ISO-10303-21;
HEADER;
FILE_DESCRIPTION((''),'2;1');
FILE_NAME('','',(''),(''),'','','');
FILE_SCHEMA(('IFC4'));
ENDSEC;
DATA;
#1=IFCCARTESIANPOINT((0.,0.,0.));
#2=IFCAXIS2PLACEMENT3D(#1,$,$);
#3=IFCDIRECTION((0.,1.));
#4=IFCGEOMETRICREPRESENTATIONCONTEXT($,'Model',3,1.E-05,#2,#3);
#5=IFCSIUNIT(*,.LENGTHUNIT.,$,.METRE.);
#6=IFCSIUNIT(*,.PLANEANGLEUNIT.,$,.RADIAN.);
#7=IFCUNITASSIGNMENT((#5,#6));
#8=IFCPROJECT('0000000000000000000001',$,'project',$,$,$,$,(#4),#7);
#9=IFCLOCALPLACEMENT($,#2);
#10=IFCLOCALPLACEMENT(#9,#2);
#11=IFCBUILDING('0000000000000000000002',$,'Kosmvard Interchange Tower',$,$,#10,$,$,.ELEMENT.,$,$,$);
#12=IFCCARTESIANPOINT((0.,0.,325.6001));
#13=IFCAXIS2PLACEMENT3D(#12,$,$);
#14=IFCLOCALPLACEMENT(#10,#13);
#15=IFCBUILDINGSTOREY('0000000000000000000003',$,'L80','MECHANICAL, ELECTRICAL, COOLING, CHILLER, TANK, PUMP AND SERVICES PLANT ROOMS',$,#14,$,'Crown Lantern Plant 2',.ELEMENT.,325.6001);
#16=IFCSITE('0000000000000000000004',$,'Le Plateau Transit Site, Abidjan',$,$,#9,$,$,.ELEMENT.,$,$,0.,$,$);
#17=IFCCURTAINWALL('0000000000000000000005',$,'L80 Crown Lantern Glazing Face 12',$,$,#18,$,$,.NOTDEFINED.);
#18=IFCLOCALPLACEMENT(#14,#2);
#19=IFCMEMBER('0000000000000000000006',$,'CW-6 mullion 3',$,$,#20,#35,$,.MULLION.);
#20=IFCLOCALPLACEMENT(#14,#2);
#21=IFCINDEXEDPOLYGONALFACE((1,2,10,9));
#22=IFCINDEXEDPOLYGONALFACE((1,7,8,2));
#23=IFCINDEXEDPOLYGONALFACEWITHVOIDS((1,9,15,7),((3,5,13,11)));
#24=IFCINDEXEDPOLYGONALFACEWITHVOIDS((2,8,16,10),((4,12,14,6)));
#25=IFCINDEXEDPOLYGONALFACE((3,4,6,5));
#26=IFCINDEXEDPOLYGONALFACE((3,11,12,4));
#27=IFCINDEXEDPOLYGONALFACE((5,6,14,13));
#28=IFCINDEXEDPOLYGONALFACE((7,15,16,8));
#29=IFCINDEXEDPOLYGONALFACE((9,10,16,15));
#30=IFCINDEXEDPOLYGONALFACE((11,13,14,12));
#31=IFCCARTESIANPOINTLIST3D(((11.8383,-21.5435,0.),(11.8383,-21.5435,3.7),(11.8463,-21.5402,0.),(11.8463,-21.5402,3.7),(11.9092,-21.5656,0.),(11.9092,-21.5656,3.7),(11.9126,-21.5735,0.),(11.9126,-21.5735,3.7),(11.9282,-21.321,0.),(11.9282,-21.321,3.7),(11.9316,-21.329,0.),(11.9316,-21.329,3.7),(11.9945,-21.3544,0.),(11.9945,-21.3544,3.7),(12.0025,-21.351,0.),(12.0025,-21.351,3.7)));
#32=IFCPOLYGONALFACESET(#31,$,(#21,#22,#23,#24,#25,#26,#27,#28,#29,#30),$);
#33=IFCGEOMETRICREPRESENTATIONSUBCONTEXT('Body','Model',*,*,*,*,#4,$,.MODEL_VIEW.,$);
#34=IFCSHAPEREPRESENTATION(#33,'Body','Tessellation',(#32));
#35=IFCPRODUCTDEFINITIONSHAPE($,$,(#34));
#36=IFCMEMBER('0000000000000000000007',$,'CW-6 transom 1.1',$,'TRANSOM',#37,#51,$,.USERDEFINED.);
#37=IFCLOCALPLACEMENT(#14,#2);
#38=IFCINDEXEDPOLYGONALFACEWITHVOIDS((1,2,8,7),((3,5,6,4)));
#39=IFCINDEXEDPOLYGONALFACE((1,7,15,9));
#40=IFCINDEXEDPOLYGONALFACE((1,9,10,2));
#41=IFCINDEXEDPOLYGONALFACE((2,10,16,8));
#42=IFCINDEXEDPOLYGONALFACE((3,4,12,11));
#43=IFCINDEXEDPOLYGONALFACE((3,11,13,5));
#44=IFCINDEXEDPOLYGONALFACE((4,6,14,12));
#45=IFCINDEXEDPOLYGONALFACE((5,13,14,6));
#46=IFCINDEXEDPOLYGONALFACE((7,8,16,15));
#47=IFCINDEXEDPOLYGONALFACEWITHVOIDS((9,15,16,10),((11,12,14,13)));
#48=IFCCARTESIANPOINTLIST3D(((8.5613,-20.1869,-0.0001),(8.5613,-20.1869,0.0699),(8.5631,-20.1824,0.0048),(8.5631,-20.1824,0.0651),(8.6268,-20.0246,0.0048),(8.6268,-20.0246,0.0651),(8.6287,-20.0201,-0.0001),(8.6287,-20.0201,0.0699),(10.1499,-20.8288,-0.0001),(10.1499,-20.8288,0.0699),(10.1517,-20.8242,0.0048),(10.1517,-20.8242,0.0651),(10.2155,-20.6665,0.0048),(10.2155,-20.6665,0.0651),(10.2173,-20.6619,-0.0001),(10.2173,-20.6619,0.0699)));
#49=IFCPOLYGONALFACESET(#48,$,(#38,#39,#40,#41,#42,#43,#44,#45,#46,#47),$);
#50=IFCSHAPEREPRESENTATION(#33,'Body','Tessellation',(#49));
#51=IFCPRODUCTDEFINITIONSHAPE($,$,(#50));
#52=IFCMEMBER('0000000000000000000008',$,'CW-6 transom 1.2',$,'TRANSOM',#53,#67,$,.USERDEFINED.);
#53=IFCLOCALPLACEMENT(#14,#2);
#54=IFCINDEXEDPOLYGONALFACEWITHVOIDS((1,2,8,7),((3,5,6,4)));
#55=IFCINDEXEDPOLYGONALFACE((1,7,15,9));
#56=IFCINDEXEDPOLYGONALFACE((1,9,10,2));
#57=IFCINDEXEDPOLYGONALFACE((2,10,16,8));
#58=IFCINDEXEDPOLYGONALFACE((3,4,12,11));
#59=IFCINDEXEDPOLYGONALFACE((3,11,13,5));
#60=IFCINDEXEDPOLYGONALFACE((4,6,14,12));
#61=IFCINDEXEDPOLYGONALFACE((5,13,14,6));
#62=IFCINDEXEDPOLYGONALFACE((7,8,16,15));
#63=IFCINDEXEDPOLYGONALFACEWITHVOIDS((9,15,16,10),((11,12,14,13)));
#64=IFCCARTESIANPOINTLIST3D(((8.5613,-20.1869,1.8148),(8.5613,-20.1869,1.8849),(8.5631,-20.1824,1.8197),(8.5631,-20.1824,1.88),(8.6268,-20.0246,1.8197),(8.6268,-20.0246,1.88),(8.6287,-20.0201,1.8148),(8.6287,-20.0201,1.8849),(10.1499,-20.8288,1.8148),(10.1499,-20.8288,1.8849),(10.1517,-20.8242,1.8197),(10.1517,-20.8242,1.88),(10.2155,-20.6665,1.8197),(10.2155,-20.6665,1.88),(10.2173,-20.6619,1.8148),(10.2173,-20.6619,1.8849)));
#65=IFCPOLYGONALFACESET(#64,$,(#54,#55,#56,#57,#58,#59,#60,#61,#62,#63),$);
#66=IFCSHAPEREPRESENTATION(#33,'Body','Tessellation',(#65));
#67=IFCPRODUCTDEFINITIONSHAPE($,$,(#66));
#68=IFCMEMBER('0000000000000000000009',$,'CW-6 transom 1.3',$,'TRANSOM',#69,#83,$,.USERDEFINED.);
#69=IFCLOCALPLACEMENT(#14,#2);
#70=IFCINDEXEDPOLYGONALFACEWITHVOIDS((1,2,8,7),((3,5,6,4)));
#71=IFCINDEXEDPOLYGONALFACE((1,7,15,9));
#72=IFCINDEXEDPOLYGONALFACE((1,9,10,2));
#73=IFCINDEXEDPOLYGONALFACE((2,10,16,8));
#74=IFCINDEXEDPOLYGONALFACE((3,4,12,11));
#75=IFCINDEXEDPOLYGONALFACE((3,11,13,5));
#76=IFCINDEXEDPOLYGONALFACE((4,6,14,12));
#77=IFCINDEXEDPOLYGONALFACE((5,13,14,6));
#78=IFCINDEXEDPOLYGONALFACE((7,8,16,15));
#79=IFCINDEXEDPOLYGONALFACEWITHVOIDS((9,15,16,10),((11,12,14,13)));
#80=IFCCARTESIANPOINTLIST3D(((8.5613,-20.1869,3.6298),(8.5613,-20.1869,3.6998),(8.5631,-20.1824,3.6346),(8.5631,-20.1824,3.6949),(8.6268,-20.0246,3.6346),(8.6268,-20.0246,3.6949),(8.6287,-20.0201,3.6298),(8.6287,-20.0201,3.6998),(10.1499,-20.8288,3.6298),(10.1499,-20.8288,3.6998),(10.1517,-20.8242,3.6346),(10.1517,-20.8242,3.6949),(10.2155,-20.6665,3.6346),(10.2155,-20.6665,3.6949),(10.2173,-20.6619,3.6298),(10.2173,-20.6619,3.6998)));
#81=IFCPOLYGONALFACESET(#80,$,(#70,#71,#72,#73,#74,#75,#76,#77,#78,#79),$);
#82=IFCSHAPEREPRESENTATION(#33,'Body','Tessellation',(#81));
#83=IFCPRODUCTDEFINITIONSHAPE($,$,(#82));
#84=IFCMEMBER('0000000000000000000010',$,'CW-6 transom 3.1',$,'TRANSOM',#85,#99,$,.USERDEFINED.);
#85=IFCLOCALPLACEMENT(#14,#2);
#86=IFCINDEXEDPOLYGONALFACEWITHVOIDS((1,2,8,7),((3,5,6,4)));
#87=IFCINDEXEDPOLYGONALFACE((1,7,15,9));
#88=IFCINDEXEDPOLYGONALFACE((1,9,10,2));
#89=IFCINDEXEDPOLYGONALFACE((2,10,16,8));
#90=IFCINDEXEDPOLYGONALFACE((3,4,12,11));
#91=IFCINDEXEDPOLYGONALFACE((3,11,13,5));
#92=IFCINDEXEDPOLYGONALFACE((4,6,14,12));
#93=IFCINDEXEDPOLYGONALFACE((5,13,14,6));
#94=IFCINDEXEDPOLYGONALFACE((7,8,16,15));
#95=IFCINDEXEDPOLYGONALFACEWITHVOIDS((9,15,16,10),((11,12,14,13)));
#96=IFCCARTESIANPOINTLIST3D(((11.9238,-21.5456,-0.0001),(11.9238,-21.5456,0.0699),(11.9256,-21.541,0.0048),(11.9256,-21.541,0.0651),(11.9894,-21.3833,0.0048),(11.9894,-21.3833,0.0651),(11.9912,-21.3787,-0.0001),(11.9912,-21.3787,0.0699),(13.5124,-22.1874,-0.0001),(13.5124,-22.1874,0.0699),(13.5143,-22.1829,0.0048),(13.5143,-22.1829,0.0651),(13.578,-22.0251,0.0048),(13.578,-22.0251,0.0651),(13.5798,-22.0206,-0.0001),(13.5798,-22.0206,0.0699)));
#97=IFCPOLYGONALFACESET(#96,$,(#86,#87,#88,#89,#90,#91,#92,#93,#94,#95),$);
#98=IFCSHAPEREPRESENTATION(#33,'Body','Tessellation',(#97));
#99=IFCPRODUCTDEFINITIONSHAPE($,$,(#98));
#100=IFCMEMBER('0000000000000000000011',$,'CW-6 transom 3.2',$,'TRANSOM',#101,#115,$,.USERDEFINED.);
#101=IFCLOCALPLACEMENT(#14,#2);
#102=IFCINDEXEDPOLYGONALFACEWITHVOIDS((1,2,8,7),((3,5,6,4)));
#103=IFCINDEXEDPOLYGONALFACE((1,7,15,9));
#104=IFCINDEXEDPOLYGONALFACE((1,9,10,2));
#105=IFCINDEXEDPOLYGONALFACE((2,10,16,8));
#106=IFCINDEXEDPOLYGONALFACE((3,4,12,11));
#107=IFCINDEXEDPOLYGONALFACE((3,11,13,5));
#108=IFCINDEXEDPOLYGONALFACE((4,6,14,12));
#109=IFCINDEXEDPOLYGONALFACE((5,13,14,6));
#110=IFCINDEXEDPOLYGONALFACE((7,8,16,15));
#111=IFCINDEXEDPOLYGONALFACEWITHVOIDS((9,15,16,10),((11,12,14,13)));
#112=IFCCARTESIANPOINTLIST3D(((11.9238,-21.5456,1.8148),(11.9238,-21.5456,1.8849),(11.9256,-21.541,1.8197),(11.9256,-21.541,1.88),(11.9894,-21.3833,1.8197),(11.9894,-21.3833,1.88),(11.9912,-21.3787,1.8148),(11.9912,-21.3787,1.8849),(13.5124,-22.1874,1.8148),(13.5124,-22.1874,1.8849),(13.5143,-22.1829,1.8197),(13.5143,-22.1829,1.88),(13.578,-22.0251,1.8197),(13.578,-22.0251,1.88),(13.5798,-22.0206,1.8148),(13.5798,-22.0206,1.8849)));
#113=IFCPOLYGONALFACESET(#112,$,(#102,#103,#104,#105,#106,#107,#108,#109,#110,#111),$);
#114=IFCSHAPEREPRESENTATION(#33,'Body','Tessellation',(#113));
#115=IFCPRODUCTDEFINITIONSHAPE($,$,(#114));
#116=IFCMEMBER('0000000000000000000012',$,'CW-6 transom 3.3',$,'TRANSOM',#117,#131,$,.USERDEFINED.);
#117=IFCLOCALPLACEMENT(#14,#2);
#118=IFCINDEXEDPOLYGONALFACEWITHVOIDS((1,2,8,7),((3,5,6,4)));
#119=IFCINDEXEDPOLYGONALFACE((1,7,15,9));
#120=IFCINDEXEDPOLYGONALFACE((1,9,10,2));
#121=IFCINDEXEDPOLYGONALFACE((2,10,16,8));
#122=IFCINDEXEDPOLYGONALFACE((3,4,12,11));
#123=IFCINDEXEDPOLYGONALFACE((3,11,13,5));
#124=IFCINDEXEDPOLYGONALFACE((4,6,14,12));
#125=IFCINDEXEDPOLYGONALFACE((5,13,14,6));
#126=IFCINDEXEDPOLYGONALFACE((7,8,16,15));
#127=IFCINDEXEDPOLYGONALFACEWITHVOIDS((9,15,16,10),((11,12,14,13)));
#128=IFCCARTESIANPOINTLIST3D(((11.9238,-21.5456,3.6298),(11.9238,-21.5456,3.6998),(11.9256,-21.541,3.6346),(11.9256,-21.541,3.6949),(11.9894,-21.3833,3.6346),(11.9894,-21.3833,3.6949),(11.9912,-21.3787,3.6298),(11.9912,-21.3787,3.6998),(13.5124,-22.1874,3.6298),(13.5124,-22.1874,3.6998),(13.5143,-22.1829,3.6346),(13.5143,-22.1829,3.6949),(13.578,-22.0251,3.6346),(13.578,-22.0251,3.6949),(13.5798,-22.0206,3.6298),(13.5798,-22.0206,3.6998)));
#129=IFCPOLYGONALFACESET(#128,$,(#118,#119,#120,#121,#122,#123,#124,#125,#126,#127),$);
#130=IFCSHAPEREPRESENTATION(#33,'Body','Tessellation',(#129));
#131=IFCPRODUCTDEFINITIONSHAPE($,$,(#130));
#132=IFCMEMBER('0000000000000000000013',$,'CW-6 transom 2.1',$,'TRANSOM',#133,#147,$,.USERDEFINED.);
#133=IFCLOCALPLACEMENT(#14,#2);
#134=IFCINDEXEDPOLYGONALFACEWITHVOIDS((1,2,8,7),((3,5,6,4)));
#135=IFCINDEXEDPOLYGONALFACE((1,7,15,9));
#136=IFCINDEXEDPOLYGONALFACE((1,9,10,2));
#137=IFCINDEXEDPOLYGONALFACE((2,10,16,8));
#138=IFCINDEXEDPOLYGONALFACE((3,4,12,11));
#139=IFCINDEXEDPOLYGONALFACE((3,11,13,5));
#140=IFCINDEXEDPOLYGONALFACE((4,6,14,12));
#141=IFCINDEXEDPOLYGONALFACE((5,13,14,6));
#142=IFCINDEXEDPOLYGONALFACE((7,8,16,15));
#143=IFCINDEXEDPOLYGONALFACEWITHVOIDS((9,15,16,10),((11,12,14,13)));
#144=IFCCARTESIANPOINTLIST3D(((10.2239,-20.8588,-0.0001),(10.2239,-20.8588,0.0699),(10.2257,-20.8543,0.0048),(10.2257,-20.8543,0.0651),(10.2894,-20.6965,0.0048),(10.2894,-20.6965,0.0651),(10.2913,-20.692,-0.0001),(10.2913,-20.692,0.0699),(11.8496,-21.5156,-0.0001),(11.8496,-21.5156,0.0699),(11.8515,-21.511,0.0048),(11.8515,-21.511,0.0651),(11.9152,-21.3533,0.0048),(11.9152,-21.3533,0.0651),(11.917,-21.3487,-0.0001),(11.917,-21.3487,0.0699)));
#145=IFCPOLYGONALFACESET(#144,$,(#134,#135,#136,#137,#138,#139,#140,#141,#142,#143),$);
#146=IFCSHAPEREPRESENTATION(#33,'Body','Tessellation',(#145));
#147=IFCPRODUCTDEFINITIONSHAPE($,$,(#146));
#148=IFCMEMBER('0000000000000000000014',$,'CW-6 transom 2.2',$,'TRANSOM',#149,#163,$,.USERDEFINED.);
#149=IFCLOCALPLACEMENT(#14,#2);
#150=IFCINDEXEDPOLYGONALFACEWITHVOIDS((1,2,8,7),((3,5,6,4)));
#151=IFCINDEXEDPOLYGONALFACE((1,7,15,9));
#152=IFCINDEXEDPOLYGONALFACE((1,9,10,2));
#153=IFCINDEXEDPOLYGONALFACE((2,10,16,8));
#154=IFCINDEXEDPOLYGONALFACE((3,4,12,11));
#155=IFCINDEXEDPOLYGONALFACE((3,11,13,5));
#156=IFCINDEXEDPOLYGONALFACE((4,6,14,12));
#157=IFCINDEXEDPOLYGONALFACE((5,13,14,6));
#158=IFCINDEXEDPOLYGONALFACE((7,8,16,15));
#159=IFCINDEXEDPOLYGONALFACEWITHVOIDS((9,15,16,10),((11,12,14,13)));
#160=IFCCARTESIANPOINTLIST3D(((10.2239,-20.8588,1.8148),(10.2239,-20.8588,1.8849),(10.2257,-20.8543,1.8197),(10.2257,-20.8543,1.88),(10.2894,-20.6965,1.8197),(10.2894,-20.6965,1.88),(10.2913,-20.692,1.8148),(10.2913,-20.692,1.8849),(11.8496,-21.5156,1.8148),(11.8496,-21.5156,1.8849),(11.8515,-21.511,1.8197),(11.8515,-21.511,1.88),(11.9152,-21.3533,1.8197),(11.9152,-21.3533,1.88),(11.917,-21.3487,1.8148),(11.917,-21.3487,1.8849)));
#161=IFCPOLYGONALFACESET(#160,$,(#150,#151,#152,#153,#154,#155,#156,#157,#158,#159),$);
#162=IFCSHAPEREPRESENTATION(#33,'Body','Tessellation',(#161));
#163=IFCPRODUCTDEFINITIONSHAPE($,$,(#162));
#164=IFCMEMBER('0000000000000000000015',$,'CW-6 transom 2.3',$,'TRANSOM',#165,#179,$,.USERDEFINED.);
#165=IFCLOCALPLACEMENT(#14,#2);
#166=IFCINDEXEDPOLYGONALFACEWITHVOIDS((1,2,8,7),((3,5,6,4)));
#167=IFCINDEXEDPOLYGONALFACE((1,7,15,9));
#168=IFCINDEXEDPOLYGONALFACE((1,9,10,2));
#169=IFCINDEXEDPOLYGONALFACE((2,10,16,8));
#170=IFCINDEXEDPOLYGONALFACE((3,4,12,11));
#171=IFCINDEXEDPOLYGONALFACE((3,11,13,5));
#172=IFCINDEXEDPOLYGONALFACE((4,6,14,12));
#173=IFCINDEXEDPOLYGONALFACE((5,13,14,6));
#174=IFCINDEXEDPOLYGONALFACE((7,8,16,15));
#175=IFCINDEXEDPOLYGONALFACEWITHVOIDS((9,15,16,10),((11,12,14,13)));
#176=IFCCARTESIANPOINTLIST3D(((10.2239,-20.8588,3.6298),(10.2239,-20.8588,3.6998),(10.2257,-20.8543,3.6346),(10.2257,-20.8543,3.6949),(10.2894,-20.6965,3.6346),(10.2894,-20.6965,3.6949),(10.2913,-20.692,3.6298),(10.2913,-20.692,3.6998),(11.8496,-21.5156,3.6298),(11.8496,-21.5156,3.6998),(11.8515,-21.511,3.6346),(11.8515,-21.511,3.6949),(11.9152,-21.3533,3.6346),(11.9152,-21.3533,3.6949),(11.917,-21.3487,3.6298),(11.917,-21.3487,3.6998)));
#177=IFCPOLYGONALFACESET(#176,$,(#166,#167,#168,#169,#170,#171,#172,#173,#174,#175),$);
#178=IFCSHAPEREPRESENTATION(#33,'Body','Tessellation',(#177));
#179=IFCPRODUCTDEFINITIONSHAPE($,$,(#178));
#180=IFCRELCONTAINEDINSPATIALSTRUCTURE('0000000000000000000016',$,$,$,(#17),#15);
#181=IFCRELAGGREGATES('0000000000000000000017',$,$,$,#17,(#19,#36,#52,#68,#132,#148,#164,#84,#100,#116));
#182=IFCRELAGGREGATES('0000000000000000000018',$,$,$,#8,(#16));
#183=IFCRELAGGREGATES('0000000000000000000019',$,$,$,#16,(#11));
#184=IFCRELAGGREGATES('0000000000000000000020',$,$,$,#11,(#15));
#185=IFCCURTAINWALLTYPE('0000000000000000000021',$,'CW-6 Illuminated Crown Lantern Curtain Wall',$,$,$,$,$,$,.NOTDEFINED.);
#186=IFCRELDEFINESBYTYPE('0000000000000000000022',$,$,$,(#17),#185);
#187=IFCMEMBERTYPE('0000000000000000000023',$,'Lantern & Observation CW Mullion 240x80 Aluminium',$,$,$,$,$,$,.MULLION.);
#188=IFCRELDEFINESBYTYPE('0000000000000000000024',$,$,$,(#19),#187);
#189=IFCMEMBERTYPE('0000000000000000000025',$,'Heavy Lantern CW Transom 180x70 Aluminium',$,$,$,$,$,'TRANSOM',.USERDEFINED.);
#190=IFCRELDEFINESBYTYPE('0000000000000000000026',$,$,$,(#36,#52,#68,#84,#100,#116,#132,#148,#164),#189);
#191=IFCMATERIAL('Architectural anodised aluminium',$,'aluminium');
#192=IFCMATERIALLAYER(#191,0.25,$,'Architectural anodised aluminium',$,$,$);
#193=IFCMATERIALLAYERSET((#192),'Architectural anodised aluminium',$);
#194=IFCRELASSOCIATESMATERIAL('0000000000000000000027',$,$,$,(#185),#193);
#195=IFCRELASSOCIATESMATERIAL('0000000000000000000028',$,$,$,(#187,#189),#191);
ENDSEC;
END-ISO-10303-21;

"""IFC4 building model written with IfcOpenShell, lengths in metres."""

from ifc_helpers import new_model, si_unit, direction, frame, origin, origin_2d, place, context, subcontext, project, spatial, hollow_rectangle, extrude, source, transform, mapped, material, layer, layer_set, material_profile, profile_set, type_object, element, aggregate, save


model = new_model("IFC4")

# Units and contexts
model_context = context("Model", 3, precision=1e-05, world=origin(), true_north=direction((0.0, 1.0)))
body_context = subcontext(model_context, "Body", "Model", "MODEL_VIEW")
ifc_project = project(units=[si_unit("LENGTHUNIT", "METRE"), si_unit("PLANEANGLEUNIT", "RADIAN")], contexts=[model_context])

# Site, building, storey
site_placement = place(None, origin())
site = spatial("IfcSite", under=ifc_project, at=site_placement, Name="Le Plateau Transit Site, Abidjan", CompositionType="ELEMENT", RefElevation=0.0)
building_placement = place(site_placement, origin())
building = spatial("IfcBuilding", under=site, at=building_placement, Name="Kosmvard Interchange Tower", CompositionType="ELEMENT")
storey_placement = place(building_placement, frame((0.0, 0.0, 325.6001)))
storey = spatial("IfcBuildingStorey", under=building, at=storey_placement, Name="L80", Description="MECHANICAL, ELECTRICAL, COOLING, CHILLER, TANK, PUMP AND SERVICES PLANT ROOMS", LongName="Crown Lantern Plant 2", CompositionType="ELEMENT", Elevation=325.6001)

# Curtain wall, members
ifc_material_1 = material(Name="Architectural anodised aluminium", Category="aluminium")
ifc_layer_1 = layer(ifc_material_1, 0.25, Name="Architectural anodised aluminium")
ifc_layer_set_1 = layer_set([ifc_layer_1], Name="Architectural anodised aluminium")
curtain_wall_type = type_object("IfcCurtainWallType", Name="CW-6 Illuminated Crown Lantern Curtain Wall", PredefinedType="NOTDEFINED", material=ifc_layer_set_1)
curtain_wall_placement = place(storey_placement, origin())
curtain_wall = element("IfcCurtainWall", 1, at=curtain_wall_placement, inside=storey, type_object=curtain_wall_type, Name="L80 Crown Lantern Glazing Face 12", PredefinedType="NOTDEFINED")
ifc_material_profile_1 = material_profile(ifc_material_1, hollow_rectangle(XDim=0.24, YDim=0.0801, WallThickness=0.0061, at=origin_2d()), Name="CWM 240x80x6")
ifc_profile_set_1 = profile_set([ifc_material_profile_1], Name="Architectural anodised aluminium")
member_type_1 = type_object("IfcMemberType", Name="Lantern & Observation CW Mullion 240x80 Aluminium", PredefinedType="MULLION", material=ifc_profile_set_1)
shared_shape_1 = source(origin(), body_context, "Body", "SweptSolid", [
    extrude(hollow_rectangle(XDim=0.24, YDim=0.0801, WallThickness=0.0061, at=origin_2d()), origin(), (0.0, 0.0, 1.0), 3.7),
])
member_1_placement = place(storey_placement, frame((11.9204, -21.4473, 0.0), z_axis=(0.0, 0.0, 1.0), x_axis=(0.374607, 0.927184, 0.0)))
member_1 = element("IfcMember", 2, at=member_1_placement, type_object=member_type_1, Name="CW-6 mullion 3", PredefinedType="MULLION", context=body_context, shape_type="MappedRepresentation", body=[
    mapped(shared_shape_1, transform((0.0, 0.0, 0.0), scale=1.0)),
])
ifc_material_profile_2 = material_profile(ifc_material_1, hollow_rectangle(XDim=0.1799, YDim=0.0701, WallThickness=0.0049, at=origin_2d()), Name="CWT 180x70x5")
ifc_profile_set_2 = profile_set([ifc_material_profile_2], Name="Architectural anodised aluminium")
member_type_2 = type_object("IfcMemberType", Name="Heavy Lantern CW Transom 180x70 Aluminium", ElementType="TRANSOM", PredefinedType="USERDEFINED", material=ifc_profile_set_2)
shared_shape_2 = source(origin(), body_context, "Body", "SweptSolid", [
    extrude(hollow_rectangle(XDim=0.1799, YDim=0.0701, WallThickness=0.0049, at=origin_2d()), origin(), (0.0, 0.0, 1.0), 1.7134),
])
member_2_placement = place(storey_placement, frame((8.595, -20.1035, 0.0349), z_axis=(0.927184, -0.374607, 0.0), x_axis=(0.374607, 0.927184, 0.0)))
member_2 = element("IfcMember", 3, at=member_2_placement, type_object=member_type_2, Name="CW-6 transom 1.1", ObjectType="TRANSOM", PredefinedType="USERDEFINED", context=body_context, shape_type="MappedRepresentation", body=[
    mapped(shared_shape_2, transform((0.0, 0.0, 0.0), scale=1.0)),
])
member_3_placement = place(storey_placement, frame((8.595, -20.1035, 1.8499), z_axis=(0.927184, -0.374607, 0.0), x_axis=(0.374607, 0.927184, 0.0)))
member_3 = element("IfcMember", 4, at=member_3_placement, type_object=member_type_2, Name="CW-6 transom 1.2", ObjectType="TRANSOM", PredefinedType="USERDEFINED", context=body_context, shape_type="MappedRepresentation", body=[
    mapped(shared_shape_2, transform((0.0, 0.0, 0.0), scale=1.0)),
])
member_4_placement = place(storey_placement, frame((8.595, -20.1035, 3.6648), z_axis=(0.927184, -0.374607, 0.0), x_axis=(0.374607, 0.927184, 0.0)))
member_4 = element("IfcMember", 5, at=member_4_placement, type_object=member_type_2, Name="CW-6 transom 1.3", ObjectType="TRANSOM", PredefinedType="USERDEFINED", context=body_context, shape_type="MappedRepresentation", body=[
    mapped(shared_shape_2, transform((0.0, 0.0, 0.0), scale=1.0)),
])
member_5_placement = place(storey_placement, frame((11.9575, -21.4622, 0.0349), z_axis=(0.927184, -0.374607, 0.0), x_axis=(0.374607, 0.927184, 0.0)))
member_5 = element("IfcMember", 6, at=member_5_placement, type_object=member_type_2, Name="CW-6 transom 3.1", ObjectType="TRANSOM", PredefinedType="USERDEFINED", context=body_context, shape_type="MappedRepresentation", body=[
    mapped(shared_shape_2, transform((0.0, 0.0, 0.0), scale=1.0)),
])
member_6_placement = place(storey_placement, frame((11.9575, -21.4622, 1.8499), z_axis=(0.927184, -0.374607, 0.0), x_axis=(0.374607, 0.927184, 0.0)))
member_6 = element("IfcMember", 7, at=member_6_placement, type_object=member_type_2, Name="CW-6 transom 3.2", ObjectType="TRANSOM", PredefinedType="USERDEFINED", context=body_context, shape_type="MappedRepresentation", body=[
    mapped(shared_shape_2, transform((0.0, 0.0, 0.0), scale=1.0)),
])
member_7_placement = place(storey_placement, frame((11.9575, -21.4622, 3.6648), z_axis=(0.927184, -0.374607, 0.0), x_axis=(0.374607, 0.927184, 0.0)))
member_7 = element("IfcMember", 8, at=member_7_placement, type_object=member_type_2, Name="CW-6 transom 3.3", ObjectType="TRANSOM", PredefinedType="USERDEFINED", context=body_context, shape_type="MappedRepresentation", body=[
    mapped(shared_shape_2, transform((0.0, 0.0, 0.0), scale=1.0)),
])
shared_shape_3 = source(origin(), body_context, "Body", "SweptSolid", [
    extrude(hollow_rectangle(XDim=0.1799, YDim=0.0701, WallThickness=0.0049, at=origin_2d()), origin(), (0.0, 0.0, 1.0), 1.7534),
])
member_8_placement = place(storey_placement, frame((10.2576, -20.7754, 0.0349), z_axis=(0.927204, -0.374557, 0.0), x_axis=(0.374557, 0.927204, 0.0)))
member_8 = element("IfcMember", 9, at=member_8_placement, type_object=member_type_2, Name="CW-6 transom 2.1", ObjectType="TRANSOM", PredefinedType="USERDEFINED", context=body_context, shape_type="MappedRepresentation", body=[
    mapped(shared_shape_3, transform((0.0, 0.0, 0.0), scale=1.0)),
])
member_9_placement = place(storey_placement, frame((10.2576, -20.7754, 1.8499), z_axis=(0.927204, -0.374557, 0.0), x_axis=(0.374557, 0.927204, 0.0)))
member_9 = element("IfcMember", 10, at=member_9_placement, type_object=member_type_2, Name="CW-6 transom 2.2", ObjectType="TRANSOM", PredefinedType="USERDEFINED", context=body_context, shape_type="MappedRepresentation", body=[
    mapped(shared_shape_3, transform((0.0, 0.0, 0.0), scale=1.0)),
])
member_10_placement = place(storey_placement, frame((10.2576, -20.7754, 3.6648), z_axis=(0.927204, -0.374557, 0.0), x_axis=(0.374557, 0.927204, 0.0)))
member_10 = element("IfcMember", 11, at=member_10_placement, type_object=member_type_2, Name="CW-6 transom 2.3", ObjectType="TRANSOM", PredefinedType="USERDEFINED", context=body_context, shape_type="MappedRepresentation", body=[
    mapped(shared_shape_3, transform((0.0, 0.0, 0.0), scale=1.0)),
])

aggregate(curtain_wall, [member_1, member_2, member_3, member_4, member_8, member_9, member_10, member_5, member_6, member_7])

save(model, "model.ifc")
